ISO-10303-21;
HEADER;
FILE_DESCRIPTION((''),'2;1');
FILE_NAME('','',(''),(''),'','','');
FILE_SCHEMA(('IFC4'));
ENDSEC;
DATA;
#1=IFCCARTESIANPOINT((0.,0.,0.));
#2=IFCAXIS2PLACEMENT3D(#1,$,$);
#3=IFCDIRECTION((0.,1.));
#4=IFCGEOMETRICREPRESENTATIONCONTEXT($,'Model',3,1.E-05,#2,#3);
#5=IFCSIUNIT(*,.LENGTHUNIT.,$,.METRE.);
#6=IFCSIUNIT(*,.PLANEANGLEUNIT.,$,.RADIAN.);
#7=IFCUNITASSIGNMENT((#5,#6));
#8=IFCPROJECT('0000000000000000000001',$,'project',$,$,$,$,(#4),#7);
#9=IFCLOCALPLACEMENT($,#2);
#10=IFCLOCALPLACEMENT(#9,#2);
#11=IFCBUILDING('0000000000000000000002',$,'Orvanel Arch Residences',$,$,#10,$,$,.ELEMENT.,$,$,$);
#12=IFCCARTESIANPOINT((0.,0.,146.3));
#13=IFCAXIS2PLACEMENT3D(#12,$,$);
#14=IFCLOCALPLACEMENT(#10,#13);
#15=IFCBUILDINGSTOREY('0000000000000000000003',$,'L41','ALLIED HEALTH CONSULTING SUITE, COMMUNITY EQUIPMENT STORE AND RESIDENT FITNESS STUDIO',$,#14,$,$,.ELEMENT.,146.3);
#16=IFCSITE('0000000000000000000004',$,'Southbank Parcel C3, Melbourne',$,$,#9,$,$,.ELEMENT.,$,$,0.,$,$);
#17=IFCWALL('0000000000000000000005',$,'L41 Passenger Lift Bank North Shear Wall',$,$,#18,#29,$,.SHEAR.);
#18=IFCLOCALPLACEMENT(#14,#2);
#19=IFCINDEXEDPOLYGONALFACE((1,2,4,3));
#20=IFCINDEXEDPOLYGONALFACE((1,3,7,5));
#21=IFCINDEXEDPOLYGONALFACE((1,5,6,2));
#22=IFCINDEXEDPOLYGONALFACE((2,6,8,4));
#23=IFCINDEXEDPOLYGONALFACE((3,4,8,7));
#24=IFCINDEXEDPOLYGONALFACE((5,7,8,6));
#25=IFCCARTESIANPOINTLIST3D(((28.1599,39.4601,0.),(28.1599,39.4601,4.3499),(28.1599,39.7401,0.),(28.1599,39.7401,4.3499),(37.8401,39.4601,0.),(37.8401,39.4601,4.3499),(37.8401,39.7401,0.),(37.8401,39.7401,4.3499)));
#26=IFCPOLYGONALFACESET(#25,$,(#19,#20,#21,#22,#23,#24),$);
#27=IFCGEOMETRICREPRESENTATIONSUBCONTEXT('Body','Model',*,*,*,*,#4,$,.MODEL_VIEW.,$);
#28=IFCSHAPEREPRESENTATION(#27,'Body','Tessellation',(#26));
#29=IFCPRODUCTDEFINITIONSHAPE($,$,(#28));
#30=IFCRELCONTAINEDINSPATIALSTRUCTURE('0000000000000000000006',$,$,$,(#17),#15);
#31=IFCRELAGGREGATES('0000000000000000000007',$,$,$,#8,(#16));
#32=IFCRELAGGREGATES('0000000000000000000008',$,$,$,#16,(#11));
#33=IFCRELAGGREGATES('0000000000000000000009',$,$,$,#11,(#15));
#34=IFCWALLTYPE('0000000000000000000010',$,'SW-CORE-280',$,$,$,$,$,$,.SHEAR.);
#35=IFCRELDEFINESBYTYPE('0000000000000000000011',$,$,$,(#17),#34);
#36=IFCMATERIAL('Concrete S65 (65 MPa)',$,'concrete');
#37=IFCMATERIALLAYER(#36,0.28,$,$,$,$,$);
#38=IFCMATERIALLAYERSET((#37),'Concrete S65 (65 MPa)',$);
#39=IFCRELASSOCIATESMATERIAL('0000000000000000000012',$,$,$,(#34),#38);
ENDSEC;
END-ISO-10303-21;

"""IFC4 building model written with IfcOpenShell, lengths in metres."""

from ifc_helpers import new_model, si_unit, direction, frame, frame_2d, origin, place, context, subcontext, project, spatial, rectangle, extrude, material, layer, layer_set, type_object, element, save


model = new_model("IFC4")

# Units and contexts
model_context = context("Model", 3, precision=1e-05, world=origin(), true_north=direction((0.0, 1.0)))
body_context = subcontext(model_context, "Body", "Model", "MODEL_VIEW")
ifc_project = project(units=[si_unit("LENGTHUNIT", "METRE"), si_unit("PLANEANGLEUNIT", "RADIAN")], contexts=[model_context])

# Site, building, storey
site_placement = place(None, origin())
site = spatial("IfcSite", under=ifc_project, at=site_placement, Name="Southbank Parcel C3, Melbourne", CompositionType="ELEMENT", RefElevation=0.0)
building_placement = place(site_placement, origin())
building = spatial("IfcBuilding", under=site, at=building_placement, Name="Orvanel Arch Residences", CompositionType="ELEMENT")
storey_placement = place(building_placement, frame((0.0, 0.0, 146.3)))
storey = spatial("IfcBuildingStorey", under=building, at=storey_placement, Name="L41", Description="ALLIED HEALTH CONSULTING SUITE, COMMUNITY EQUIPMENT STORE AND RESIDENT FITNESS STUDIO", CompositionType="ELEMENT", Elevation=146.3)

# Wall
ifc_material_1 = material(Name="Concrete S65 (65 MPa)", Category="concrete")
ifc_layer_1 = layer(ifc_material_1, 0.28)
ifc_layer_set_1 = layer_set([ifc_layer_1], Name="Concrete S65 (65 MPa)")
wall_type = type_object("IfcWallType", Name="SW-CORE-280", PredefinedType="SHEAR", material=ifc_layer_set_1)
wall_placement = place(storey_placement, frame((28.1599, 39.6001, 0.0), z_axis=(0.0, 0.0, 1.0), x_axis=(1.0, 0.0, 0.0)))
element("IfcWall", 1, at=wall_placement, inside=storey, type_object=wall_type, Name="L41 Passenger Lift Bank North Shear Wall", PredefinedType="SHEAR", context=body_context, shape_type="SweptSolid", body=[
    extrude(rectangle(XDim=9.6802, YDim=0.28, at=frame_2d((4.8401, 0.0))), origin(), (0.0, 0.0, 1.0), 4.3499),
])

save(model, "model.ifc")
